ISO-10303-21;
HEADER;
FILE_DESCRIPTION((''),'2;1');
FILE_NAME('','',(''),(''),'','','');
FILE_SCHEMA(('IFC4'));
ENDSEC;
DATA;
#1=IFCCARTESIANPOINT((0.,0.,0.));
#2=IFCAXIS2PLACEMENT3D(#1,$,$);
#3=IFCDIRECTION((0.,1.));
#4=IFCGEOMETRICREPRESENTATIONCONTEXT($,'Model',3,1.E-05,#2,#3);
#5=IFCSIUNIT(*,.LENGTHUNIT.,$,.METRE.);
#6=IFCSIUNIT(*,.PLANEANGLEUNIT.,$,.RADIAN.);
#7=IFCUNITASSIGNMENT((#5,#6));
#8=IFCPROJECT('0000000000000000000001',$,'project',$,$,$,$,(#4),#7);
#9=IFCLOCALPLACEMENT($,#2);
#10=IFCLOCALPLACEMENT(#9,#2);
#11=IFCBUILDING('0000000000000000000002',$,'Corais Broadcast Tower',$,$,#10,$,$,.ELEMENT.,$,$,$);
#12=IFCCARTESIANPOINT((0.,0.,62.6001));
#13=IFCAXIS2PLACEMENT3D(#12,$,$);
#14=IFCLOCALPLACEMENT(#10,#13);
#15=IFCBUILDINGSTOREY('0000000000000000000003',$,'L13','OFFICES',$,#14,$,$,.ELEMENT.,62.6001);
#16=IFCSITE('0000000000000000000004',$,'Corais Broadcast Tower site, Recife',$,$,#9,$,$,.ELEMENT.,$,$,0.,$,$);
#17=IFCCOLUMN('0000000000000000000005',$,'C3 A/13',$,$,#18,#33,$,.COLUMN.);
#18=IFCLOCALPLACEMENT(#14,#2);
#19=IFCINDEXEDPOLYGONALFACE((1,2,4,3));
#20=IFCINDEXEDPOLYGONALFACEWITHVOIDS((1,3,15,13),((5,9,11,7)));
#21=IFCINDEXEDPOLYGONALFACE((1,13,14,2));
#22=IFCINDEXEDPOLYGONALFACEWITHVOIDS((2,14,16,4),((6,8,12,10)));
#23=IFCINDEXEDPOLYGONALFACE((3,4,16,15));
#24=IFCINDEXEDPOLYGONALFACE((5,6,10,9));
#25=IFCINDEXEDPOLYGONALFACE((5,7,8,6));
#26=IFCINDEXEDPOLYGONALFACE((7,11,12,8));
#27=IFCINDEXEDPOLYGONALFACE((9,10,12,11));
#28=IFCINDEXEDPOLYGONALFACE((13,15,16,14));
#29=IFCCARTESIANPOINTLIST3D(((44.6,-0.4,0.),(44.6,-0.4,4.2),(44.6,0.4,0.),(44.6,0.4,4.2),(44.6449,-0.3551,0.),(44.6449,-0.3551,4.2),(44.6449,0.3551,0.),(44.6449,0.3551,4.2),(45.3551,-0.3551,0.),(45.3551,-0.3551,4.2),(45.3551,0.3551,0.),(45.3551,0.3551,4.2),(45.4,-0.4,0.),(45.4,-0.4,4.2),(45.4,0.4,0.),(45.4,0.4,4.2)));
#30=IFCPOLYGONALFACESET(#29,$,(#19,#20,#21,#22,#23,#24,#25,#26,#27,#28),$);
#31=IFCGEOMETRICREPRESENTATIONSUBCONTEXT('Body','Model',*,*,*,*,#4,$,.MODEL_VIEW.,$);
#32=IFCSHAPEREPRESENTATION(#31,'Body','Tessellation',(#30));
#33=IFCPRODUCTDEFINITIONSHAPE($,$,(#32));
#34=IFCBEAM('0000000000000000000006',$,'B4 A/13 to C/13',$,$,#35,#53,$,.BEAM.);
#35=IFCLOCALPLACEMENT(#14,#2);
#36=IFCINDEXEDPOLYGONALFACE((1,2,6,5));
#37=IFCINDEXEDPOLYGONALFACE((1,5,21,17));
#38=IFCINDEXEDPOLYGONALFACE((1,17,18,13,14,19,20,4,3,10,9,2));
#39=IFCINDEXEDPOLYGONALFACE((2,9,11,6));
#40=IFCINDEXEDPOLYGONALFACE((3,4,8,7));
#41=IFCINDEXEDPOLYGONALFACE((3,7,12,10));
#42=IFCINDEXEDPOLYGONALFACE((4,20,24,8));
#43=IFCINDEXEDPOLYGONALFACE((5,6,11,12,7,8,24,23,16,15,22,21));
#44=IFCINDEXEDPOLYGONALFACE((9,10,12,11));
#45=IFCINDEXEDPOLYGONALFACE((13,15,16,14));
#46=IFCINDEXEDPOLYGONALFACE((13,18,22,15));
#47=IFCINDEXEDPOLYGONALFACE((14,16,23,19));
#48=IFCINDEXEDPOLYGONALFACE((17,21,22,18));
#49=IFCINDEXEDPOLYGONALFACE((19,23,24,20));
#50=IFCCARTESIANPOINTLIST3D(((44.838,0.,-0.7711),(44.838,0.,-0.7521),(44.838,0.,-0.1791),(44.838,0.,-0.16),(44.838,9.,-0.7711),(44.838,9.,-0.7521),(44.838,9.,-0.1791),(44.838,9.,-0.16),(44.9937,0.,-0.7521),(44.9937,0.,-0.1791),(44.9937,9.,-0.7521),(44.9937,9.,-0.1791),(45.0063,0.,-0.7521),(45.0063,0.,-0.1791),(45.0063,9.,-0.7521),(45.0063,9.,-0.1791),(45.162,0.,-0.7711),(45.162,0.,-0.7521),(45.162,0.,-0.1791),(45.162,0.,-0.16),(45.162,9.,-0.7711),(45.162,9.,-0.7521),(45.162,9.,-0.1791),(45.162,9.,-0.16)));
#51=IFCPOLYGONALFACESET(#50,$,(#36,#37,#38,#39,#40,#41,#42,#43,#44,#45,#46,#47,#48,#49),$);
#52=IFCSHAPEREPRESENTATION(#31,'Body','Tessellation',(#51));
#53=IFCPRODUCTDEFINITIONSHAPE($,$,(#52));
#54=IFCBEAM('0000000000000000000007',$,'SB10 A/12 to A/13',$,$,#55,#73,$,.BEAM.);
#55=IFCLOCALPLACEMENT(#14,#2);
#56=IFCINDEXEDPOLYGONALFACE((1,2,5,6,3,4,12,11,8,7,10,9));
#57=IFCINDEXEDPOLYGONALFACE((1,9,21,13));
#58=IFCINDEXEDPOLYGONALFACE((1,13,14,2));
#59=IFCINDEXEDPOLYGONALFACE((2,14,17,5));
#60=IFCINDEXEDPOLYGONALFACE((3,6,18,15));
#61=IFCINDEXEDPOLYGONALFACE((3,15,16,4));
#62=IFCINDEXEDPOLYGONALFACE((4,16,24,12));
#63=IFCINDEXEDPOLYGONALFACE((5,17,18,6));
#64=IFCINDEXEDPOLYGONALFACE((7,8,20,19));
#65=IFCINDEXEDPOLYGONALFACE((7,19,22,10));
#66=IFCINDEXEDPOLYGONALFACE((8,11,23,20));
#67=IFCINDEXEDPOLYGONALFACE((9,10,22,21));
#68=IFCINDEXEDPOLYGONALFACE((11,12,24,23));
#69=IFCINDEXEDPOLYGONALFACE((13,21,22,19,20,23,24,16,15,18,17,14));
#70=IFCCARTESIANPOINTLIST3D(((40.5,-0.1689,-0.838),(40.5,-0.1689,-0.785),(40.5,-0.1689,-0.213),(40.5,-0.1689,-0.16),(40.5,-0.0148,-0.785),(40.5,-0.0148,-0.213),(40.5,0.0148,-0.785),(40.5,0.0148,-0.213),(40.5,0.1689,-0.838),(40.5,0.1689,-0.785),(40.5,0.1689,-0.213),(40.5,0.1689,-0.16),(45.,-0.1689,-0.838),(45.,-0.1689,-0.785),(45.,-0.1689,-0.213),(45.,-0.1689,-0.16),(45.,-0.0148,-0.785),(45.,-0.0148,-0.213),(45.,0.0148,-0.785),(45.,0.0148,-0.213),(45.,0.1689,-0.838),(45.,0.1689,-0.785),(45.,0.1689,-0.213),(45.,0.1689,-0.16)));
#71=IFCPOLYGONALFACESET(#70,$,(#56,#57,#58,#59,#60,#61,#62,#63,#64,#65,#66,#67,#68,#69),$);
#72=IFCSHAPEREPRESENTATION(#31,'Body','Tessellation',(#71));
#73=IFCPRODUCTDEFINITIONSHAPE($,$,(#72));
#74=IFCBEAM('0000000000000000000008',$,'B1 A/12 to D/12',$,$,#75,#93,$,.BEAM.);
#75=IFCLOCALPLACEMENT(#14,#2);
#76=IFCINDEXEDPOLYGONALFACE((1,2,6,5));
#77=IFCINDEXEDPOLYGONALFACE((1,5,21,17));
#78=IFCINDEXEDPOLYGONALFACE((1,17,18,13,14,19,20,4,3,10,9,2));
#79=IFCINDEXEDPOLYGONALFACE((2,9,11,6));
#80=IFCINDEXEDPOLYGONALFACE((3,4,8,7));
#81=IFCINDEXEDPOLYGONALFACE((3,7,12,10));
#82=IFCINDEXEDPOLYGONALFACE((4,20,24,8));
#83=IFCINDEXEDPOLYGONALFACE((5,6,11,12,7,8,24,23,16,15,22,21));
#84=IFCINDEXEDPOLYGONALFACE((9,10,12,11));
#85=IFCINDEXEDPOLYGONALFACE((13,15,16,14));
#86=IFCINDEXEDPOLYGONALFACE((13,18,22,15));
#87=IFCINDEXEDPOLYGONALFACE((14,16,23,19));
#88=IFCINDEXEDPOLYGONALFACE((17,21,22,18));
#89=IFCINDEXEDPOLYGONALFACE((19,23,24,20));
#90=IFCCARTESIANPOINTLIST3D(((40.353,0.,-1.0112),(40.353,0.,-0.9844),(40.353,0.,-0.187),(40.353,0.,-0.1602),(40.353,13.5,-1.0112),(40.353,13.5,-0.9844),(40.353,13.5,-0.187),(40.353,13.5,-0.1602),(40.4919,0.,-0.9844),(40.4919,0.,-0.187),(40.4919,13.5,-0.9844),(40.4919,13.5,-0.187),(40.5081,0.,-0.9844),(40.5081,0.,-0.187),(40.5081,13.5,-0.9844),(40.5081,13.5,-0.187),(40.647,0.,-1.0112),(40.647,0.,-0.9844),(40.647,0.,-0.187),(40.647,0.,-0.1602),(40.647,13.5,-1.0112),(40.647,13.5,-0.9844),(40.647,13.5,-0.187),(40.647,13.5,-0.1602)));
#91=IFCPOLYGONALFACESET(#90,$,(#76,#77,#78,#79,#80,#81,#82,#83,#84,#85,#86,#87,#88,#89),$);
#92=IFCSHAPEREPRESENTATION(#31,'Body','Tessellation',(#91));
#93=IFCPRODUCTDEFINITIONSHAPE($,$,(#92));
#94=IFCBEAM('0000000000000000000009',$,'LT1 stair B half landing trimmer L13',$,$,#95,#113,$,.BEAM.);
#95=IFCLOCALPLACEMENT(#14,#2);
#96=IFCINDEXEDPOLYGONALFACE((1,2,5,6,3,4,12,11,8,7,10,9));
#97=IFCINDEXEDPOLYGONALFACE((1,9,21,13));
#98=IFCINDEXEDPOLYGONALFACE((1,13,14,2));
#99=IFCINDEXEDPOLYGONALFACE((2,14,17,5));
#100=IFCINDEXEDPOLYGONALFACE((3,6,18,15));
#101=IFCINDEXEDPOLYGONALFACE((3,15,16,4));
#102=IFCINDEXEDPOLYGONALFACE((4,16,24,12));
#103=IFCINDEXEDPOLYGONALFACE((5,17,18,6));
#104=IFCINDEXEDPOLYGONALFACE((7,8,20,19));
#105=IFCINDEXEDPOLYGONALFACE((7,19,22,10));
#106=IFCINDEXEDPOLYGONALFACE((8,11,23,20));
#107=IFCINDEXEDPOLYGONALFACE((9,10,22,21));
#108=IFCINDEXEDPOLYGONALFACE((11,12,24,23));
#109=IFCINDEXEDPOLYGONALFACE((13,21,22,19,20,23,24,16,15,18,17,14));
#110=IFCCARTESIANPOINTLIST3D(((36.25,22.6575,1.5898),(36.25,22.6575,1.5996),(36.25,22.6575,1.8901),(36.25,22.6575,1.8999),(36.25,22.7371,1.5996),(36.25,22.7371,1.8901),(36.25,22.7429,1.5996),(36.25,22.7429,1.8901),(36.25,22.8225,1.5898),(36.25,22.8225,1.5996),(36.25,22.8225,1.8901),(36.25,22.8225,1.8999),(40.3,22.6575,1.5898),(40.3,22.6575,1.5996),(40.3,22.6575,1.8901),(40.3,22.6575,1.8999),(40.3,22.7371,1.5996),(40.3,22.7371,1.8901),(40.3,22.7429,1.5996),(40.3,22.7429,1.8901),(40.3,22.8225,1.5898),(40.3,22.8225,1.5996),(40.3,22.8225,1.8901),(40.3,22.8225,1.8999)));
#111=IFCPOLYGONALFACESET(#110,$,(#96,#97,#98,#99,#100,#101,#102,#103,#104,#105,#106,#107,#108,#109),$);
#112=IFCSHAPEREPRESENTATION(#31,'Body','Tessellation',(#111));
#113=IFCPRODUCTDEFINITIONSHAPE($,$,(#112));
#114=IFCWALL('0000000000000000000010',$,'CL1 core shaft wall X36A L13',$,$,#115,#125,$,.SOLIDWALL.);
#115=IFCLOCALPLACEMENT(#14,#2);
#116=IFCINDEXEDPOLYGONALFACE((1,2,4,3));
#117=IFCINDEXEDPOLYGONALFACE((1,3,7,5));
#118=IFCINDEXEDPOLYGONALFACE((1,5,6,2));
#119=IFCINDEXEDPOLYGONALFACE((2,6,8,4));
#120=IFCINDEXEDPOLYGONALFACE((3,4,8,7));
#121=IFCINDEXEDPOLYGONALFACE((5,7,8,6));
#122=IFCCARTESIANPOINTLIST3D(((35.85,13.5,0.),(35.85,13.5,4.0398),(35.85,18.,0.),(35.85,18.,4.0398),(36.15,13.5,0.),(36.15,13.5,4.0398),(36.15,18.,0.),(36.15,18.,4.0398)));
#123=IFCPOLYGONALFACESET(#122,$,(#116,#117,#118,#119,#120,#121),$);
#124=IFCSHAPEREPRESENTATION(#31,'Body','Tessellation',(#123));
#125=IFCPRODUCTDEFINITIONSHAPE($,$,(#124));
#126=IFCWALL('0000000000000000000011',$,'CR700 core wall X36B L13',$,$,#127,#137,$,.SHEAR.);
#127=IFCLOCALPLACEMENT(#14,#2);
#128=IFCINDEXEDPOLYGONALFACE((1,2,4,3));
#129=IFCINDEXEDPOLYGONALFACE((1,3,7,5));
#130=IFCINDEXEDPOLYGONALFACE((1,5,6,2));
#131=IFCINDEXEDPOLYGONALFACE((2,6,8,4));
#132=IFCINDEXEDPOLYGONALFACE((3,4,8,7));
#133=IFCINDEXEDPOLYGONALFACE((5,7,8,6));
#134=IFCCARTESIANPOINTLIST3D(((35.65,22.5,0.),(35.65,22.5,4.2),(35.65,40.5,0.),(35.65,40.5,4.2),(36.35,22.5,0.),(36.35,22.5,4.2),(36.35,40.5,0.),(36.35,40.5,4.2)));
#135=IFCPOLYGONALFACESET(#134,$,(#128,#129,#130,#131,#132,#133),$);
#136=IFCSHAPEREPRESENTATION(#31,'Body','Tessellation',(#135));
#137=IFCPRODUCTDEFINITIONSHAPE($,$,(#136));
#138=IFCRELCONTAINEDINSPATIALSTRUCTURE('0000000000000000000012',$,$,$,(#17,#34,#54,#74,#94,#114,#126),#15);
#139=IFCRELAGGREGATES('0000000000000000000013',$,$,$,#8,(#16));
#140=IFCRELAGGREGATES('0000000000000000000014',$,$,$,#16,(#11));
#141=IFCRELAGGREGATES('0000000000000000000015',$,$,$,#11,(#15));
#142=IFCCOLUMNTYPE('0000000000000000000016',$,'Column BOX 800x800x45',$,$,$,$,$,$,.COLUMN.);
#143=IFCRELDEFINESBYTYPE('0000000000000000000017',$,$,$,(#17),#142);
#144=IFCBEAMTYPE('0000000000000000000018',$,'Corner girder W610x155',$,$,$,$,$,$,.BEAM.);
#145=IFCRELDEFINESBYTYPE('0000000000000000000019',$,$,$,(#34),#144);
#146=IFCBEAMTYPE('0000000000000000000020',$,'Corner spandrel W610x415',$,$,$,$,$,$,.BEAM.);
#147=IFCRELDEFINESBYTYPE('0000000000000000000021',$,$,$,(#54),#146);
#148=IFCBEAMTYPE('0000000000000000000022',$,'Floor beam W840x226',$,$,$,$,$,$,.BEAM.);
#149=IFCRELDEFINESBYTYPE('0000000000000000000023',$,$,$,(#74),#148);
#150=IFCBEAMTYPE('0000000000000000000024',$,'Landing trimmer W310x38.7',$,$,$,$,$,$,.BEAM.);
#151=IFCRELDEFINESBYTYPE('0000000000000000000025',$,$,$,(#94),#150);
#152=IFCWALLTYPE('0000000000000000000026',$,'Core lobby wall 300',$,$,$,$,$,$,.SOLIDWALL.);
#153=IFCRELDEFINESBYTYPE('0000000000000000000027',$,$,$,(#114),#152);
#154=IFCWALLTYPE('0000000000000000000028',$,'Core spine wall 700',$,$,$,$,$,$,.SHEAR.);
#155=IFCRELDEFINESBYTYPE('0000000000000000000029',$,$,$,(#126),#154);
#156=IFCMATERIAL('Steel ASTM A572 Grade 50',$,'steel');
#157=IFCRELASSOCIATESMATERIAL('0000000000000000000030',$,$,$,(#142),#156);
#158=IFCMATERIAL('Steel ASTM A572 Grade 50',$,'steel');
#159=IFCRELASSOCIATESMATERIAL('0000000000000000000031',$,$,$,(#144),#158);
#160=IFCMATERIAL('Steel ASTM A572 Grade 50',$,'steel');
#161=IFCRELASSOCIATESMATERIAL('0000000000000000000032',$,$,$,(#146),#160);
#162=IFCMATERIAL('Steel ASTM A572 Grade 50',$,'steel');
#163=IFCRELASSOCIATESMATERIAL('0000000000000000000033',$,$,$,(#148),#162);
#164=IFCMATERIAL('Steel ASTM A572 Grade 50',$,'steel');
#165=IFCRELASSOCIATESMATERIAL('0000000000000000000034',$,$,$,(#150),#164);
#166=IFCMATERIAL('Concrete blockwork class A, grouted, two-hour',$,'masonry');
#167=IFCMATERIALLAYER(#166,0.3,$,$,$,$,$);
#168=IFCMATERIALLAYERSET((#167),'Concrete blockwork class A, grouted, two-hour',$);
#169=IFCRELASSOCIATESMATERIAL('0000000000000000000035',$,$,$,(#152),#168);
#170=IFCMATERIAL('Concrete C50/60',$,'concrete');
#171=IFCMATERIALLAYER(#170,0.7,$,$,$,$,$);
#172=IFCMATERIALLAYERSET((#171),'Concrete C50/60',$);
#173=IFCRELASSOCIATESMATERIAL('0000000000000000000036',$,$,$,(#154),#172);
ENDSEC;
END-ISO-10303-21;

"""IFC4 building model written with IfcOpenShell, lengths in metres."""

from ifc_helpers import new_model, si_unit, direction, frame, frame_2d, origin, origin_2d, place, context, subcontext, project, spatial, rectangle, hollow_rectangle, i_section, extrude, material, layer, layer_set, material_profile, profile_set, type_object, element, save


model = new_model("IFC4")

# Units and contexts
model_context = context("Model", 3, precision=1e-05, world=origin(), true_north=direction((0.0, 1.0)))
body_context = subcontext(model_context, "Body", "Model", "MODEL_VIEW")
ifc_project = project(units=[si_unit("LENGTHUNIT", "METRE"), si_unit("PLANEANGLEUNIT", "RADIAN")], contexts=[model_context])

# Site, building, storey
site_placement = place(None, origin())
site = spatial("IfcSite", under=ifc_project, at=site_placement, Name="Corais Broadcast Tower site, Recife", CompositionType="ELEMENT", RefElevation=0.0)
building_placement = place(site_placement, origin())
building = spatial("IfcBuilding", under=site, at=building_placement, Name="Corais Broadcast Tower", CompositionType="ELEMENT")
storey_placement = place(building_placement, frame((0.0, 0.0, 62.6001)))
storey = spatial("IfcBuildingStorey", under=building, at=storey_placement, Name="L13", Description="OFFICES", CompositionType="ELEMENT", Elevation=62.6001)

# Column
ifc_material_1 = material(Name="Steel ASTM A572 Grade 50", Category="steel")
ifc_material_profile_1 = material_profile(ifc_material_1, hollow_rectangle(XDim=0.8, YDim=0.8, WallThickness=0.0449, at=origin_2d()), Name="BOX 800x800x45")
ifc_profile_set_1 = profile_set([ifc_material_profile_1], Name="Steel ASTM A572 Grade 50")
column_type = type_object("IfcColumnType", Name="Column BOX 800x800x45", PredefinedType="COLUMN", material=ifc_profile_set_1)
column_placement = place(storey_placement, frame((45.0, 0.0, 0.0), z_axis=(0.0, 0.0, 1.0), x_axis=(1.0, 0.0, 0.0)))
element("IfcColumn", 1, at=column_placement, inside=storey, type_object=column_type, Name="C3 A/13", PredefinedType="COLUMN", context=body_context, shape_type="SweptSolid", body=[
    extrude(hollow_rectangle(XDim=0.8, YDim=0.8, WallThickness=0.0449, at=origin_2d()), origin(), (0.0, 0.0, 1.0), 4.2),
])

# Beams
ifc_material_2 = material(Name="Steel ASTM A572 Grade 50", Category="steel")
ifc_material_profile_2 = material_profile(ifc_material_2, i_section(OverallWidth=0.324, OverallDepth=0.6111, WebThickness=0.0127, FlangeThickness=0.019, at=origin_2d()), Name="W610x155")
ifc_profile_set_2 = profile_set([ifc_material_profile_2], Name="Steel ASTM A572 Grade 50")
beam_type_1 = type_object("IfcBeamType", Name="Corner girder W610x155", PredefinedType="BEAM", material=ifc_profile_set_2)
beam_1_placement = place(storey_placement, frame((45.0, 0.0, -0.4656), z_axis=(0.0, 1.0, 0.0), x_axis=(-1.0, 0.0, 0.0)))
element("IfcBeam", 2, at=beam_1_placement, inside=storey, type_object=beam_type_1, Name="B4 A/13 to C/13", PredefinedType="BEAM", context=body_context, shape_type="SweptSolid", body=[
    extrude(i_section(OverallWidth=0.324, OverallDepth=0.6111, WebThickness=0.0127, FlangeThickness=0.019, at=origin_2d()), origin(), (0.0, 0.0, 1.0), 9.0),
])
ifc_material_3 = material(Name="Steel ASTM A572 Grade 50", Category="steel")
ifc_material_profile_3 = material_profile(ifc_material_3, i_section(OverallWidth=0.3379, OverallDepth=0.678, WebThickness=0.0295, FlangeThickness=0.053, at=origin_2d()), Name="W610x415")
ifc_profile_set_3 = profile_set([ifc_material_profile_3], Name="Steel ASTM A572 Grade 50")
beam_type_2 = type_object("IfcBeamType", Name="Corner spandrel W610x415", PredefinedType="BEAM", material=ifc_profile_set_3)
beam_2_placement = place(storey_placement, frame((40.5, 0.0, -0.499), z_axis=(1.0, 0.0, 0.0), x_axis=(0.0, 1.0, 0.0)))
element("IfcBeam", 3, at=beam_2_placement, inside=storey, type_object=beam_type_2, Name="SB10 A/12 to A/13", PredefinedType="BEAM", context=body_context, shape_type="SweptSolid", body=[
    extrude(i_section(OverallWidth=0.3379, OverallDepth=0.678, WebThickness=0.0295, FlangeThickness=0.053, at=origin_2d()), origin(), (0.0, 0.0, 1.0), 4.5),
])
ifc_material_4 = material(Name="Steel ASTM A572 Grade 50", Category="steel")
ifc_material_profile_4 = material_profile(ifc_material_4, i_section(OverallWidth=0.2939, OverallDepth=0.8511, WebThickness=0.0161, FlangeThickness=0.0269, at=origin_2d()), Name="W840x226")
ifc_profile_set_4 = profile_set([ifc_material_profile_4], Name="Steel ASTM A572 Grade 50")
beam_type_3 = type_object("IfcBeamType", Name="Floor beam W840x226", PredefinedType="BEAM", material=ifc_profile_set_4)
beam_3_placement = place(storey_placement, frame((40.5, 0.0, -0.5857), z_axis=(0.0, 1.0, 0.0), x_axis=(-1.0, 0.0, 0.0)))
element("IfcBeam", 4, at=beam_3_placement, inside=storey, type_object=beam_type_3, Name="B1 A/12 to D/12", PredefinedType="BEAM", context=body_context, shape_type="SweptSolid", body=[
    extrude(i_section(OverallWidth=0.2939, OverallDepth=0.8511, WebThickness=0.0161, FlangeThickness=0.0269, at=origin_2d()), origin(), (0.0, 0.0, 1.0), 13.5),
])
ifc_material_5 = material(Name="Steel ASTM A572 Grade 50", Category="steel")
ifc_material_profile_5 = material_profile(ifc_material_5, i_section(OverallWidth=0.165, OverallDepth=0.3101, WebThickness=0.0059, FlangeThickness=0.0098, at=origin_2d()), Name="W310x38.7")
ifc_profile_set_5 = profile_set([ifc_material_profile_5], Name="Steel ASTM A572 Grade 50")
beam_type_4 = type_object("IfcBeamType", Name="Landing trimmer W310x38.7", PredefinedType="BEAM", material=ifc_profile_set_5)
beam_4_placement = place(storey_placement, frame((36.25, 22.74, 1.7449), z_axis=(1.0, 0.0, 0.0), x_axis=(0.0, 1.0, 0.0)))
element("IfcBeam", 5, at=beam_4_placement, inside=storey, type_object=beam_type_4, Name="LT1 stair B half landing trimmer L13", PredefinedType="BEAM", context=body_context, shape_type="SweptSolid", body=[
    extrude(i_section(OverallWidth=0.165, OverallDepth=0.3101, WebThickness=0.0059, FlangeThickness=0.0098, at=origin_2d()), origin(), (0.0, 0.0, 1.0), 4.05),
])

# Walls
ifc_material_6 = material(Name="Concrete blockwork class A, grouted, two-hour", Category="masonry")
ifc_layer_1 = layer(ifc_material_6, 0.3)
ifc_layer_set_1 = layer_set([ifc_layer_1], Name="Concrete blockwork class A, grouted, two-hour")
wall_type_1 = type_object("IfcWallType", Name="Core lobby wall 300", PredefinedType="SOLIDWALL", material=ifc_layer_set_1)
wall_1_placement = place(storey_placement, frame((36.0, 13.5, 0.0), z_axis=(0.0, 0.0, 1.0), x_axis=(0.0, 1.0, 0.0)))
element("IfcWall", 6, at=wall_1_placement, inside=storey, type_object=wall_type_1, Name="CL1 core shaft wall X36A L13", PredefinedType="SOLIDWALL", context=body_context, shape_type="SweptSolid", body=[
    extrude(rectangle(XDim=4.5, YDim=0.3, at=frame_2d((2.25, 0.0))), origin(), (0.0, 0.0, 1.0), 4.0398),
])
ifc_material_7 = material(Name="Concrete C50/60", Category="concrete")
ifc_layer_2 = layer(ifc_material_7, 0.7)
ifc_layer_set_2 = layer_set([ifc_layer_2], Name="Concrete C50/60")
wall_type_2 = type_object("IfcWallType", Name="Core spine wall 700", PredefinedType="SHEAR", material=ifc_layer_set_2)
wall_2_placement = place(storey_placement, frame((36.0, 22.5, 0.0), z_axis=(0.0, 0.0, 1.0), x_axis=(0.0, 1.0, 0.0)))
element("IfcWall", 7, at=wall_2_placement, inside=storey, type_object=wall_type_2, Name="CR700 core wall X36B L13", PredefinedType="SHEAR", context=body_context, shape_type="SweptSolid", body=[
    extrude(rectangle(XDim=18.0, YDim=0.7, at=frame_2d((9.0, 0.0))), origin(), (0.0, 0.0, 1.0), 4.2),
])

save(model, "model.ifc")
